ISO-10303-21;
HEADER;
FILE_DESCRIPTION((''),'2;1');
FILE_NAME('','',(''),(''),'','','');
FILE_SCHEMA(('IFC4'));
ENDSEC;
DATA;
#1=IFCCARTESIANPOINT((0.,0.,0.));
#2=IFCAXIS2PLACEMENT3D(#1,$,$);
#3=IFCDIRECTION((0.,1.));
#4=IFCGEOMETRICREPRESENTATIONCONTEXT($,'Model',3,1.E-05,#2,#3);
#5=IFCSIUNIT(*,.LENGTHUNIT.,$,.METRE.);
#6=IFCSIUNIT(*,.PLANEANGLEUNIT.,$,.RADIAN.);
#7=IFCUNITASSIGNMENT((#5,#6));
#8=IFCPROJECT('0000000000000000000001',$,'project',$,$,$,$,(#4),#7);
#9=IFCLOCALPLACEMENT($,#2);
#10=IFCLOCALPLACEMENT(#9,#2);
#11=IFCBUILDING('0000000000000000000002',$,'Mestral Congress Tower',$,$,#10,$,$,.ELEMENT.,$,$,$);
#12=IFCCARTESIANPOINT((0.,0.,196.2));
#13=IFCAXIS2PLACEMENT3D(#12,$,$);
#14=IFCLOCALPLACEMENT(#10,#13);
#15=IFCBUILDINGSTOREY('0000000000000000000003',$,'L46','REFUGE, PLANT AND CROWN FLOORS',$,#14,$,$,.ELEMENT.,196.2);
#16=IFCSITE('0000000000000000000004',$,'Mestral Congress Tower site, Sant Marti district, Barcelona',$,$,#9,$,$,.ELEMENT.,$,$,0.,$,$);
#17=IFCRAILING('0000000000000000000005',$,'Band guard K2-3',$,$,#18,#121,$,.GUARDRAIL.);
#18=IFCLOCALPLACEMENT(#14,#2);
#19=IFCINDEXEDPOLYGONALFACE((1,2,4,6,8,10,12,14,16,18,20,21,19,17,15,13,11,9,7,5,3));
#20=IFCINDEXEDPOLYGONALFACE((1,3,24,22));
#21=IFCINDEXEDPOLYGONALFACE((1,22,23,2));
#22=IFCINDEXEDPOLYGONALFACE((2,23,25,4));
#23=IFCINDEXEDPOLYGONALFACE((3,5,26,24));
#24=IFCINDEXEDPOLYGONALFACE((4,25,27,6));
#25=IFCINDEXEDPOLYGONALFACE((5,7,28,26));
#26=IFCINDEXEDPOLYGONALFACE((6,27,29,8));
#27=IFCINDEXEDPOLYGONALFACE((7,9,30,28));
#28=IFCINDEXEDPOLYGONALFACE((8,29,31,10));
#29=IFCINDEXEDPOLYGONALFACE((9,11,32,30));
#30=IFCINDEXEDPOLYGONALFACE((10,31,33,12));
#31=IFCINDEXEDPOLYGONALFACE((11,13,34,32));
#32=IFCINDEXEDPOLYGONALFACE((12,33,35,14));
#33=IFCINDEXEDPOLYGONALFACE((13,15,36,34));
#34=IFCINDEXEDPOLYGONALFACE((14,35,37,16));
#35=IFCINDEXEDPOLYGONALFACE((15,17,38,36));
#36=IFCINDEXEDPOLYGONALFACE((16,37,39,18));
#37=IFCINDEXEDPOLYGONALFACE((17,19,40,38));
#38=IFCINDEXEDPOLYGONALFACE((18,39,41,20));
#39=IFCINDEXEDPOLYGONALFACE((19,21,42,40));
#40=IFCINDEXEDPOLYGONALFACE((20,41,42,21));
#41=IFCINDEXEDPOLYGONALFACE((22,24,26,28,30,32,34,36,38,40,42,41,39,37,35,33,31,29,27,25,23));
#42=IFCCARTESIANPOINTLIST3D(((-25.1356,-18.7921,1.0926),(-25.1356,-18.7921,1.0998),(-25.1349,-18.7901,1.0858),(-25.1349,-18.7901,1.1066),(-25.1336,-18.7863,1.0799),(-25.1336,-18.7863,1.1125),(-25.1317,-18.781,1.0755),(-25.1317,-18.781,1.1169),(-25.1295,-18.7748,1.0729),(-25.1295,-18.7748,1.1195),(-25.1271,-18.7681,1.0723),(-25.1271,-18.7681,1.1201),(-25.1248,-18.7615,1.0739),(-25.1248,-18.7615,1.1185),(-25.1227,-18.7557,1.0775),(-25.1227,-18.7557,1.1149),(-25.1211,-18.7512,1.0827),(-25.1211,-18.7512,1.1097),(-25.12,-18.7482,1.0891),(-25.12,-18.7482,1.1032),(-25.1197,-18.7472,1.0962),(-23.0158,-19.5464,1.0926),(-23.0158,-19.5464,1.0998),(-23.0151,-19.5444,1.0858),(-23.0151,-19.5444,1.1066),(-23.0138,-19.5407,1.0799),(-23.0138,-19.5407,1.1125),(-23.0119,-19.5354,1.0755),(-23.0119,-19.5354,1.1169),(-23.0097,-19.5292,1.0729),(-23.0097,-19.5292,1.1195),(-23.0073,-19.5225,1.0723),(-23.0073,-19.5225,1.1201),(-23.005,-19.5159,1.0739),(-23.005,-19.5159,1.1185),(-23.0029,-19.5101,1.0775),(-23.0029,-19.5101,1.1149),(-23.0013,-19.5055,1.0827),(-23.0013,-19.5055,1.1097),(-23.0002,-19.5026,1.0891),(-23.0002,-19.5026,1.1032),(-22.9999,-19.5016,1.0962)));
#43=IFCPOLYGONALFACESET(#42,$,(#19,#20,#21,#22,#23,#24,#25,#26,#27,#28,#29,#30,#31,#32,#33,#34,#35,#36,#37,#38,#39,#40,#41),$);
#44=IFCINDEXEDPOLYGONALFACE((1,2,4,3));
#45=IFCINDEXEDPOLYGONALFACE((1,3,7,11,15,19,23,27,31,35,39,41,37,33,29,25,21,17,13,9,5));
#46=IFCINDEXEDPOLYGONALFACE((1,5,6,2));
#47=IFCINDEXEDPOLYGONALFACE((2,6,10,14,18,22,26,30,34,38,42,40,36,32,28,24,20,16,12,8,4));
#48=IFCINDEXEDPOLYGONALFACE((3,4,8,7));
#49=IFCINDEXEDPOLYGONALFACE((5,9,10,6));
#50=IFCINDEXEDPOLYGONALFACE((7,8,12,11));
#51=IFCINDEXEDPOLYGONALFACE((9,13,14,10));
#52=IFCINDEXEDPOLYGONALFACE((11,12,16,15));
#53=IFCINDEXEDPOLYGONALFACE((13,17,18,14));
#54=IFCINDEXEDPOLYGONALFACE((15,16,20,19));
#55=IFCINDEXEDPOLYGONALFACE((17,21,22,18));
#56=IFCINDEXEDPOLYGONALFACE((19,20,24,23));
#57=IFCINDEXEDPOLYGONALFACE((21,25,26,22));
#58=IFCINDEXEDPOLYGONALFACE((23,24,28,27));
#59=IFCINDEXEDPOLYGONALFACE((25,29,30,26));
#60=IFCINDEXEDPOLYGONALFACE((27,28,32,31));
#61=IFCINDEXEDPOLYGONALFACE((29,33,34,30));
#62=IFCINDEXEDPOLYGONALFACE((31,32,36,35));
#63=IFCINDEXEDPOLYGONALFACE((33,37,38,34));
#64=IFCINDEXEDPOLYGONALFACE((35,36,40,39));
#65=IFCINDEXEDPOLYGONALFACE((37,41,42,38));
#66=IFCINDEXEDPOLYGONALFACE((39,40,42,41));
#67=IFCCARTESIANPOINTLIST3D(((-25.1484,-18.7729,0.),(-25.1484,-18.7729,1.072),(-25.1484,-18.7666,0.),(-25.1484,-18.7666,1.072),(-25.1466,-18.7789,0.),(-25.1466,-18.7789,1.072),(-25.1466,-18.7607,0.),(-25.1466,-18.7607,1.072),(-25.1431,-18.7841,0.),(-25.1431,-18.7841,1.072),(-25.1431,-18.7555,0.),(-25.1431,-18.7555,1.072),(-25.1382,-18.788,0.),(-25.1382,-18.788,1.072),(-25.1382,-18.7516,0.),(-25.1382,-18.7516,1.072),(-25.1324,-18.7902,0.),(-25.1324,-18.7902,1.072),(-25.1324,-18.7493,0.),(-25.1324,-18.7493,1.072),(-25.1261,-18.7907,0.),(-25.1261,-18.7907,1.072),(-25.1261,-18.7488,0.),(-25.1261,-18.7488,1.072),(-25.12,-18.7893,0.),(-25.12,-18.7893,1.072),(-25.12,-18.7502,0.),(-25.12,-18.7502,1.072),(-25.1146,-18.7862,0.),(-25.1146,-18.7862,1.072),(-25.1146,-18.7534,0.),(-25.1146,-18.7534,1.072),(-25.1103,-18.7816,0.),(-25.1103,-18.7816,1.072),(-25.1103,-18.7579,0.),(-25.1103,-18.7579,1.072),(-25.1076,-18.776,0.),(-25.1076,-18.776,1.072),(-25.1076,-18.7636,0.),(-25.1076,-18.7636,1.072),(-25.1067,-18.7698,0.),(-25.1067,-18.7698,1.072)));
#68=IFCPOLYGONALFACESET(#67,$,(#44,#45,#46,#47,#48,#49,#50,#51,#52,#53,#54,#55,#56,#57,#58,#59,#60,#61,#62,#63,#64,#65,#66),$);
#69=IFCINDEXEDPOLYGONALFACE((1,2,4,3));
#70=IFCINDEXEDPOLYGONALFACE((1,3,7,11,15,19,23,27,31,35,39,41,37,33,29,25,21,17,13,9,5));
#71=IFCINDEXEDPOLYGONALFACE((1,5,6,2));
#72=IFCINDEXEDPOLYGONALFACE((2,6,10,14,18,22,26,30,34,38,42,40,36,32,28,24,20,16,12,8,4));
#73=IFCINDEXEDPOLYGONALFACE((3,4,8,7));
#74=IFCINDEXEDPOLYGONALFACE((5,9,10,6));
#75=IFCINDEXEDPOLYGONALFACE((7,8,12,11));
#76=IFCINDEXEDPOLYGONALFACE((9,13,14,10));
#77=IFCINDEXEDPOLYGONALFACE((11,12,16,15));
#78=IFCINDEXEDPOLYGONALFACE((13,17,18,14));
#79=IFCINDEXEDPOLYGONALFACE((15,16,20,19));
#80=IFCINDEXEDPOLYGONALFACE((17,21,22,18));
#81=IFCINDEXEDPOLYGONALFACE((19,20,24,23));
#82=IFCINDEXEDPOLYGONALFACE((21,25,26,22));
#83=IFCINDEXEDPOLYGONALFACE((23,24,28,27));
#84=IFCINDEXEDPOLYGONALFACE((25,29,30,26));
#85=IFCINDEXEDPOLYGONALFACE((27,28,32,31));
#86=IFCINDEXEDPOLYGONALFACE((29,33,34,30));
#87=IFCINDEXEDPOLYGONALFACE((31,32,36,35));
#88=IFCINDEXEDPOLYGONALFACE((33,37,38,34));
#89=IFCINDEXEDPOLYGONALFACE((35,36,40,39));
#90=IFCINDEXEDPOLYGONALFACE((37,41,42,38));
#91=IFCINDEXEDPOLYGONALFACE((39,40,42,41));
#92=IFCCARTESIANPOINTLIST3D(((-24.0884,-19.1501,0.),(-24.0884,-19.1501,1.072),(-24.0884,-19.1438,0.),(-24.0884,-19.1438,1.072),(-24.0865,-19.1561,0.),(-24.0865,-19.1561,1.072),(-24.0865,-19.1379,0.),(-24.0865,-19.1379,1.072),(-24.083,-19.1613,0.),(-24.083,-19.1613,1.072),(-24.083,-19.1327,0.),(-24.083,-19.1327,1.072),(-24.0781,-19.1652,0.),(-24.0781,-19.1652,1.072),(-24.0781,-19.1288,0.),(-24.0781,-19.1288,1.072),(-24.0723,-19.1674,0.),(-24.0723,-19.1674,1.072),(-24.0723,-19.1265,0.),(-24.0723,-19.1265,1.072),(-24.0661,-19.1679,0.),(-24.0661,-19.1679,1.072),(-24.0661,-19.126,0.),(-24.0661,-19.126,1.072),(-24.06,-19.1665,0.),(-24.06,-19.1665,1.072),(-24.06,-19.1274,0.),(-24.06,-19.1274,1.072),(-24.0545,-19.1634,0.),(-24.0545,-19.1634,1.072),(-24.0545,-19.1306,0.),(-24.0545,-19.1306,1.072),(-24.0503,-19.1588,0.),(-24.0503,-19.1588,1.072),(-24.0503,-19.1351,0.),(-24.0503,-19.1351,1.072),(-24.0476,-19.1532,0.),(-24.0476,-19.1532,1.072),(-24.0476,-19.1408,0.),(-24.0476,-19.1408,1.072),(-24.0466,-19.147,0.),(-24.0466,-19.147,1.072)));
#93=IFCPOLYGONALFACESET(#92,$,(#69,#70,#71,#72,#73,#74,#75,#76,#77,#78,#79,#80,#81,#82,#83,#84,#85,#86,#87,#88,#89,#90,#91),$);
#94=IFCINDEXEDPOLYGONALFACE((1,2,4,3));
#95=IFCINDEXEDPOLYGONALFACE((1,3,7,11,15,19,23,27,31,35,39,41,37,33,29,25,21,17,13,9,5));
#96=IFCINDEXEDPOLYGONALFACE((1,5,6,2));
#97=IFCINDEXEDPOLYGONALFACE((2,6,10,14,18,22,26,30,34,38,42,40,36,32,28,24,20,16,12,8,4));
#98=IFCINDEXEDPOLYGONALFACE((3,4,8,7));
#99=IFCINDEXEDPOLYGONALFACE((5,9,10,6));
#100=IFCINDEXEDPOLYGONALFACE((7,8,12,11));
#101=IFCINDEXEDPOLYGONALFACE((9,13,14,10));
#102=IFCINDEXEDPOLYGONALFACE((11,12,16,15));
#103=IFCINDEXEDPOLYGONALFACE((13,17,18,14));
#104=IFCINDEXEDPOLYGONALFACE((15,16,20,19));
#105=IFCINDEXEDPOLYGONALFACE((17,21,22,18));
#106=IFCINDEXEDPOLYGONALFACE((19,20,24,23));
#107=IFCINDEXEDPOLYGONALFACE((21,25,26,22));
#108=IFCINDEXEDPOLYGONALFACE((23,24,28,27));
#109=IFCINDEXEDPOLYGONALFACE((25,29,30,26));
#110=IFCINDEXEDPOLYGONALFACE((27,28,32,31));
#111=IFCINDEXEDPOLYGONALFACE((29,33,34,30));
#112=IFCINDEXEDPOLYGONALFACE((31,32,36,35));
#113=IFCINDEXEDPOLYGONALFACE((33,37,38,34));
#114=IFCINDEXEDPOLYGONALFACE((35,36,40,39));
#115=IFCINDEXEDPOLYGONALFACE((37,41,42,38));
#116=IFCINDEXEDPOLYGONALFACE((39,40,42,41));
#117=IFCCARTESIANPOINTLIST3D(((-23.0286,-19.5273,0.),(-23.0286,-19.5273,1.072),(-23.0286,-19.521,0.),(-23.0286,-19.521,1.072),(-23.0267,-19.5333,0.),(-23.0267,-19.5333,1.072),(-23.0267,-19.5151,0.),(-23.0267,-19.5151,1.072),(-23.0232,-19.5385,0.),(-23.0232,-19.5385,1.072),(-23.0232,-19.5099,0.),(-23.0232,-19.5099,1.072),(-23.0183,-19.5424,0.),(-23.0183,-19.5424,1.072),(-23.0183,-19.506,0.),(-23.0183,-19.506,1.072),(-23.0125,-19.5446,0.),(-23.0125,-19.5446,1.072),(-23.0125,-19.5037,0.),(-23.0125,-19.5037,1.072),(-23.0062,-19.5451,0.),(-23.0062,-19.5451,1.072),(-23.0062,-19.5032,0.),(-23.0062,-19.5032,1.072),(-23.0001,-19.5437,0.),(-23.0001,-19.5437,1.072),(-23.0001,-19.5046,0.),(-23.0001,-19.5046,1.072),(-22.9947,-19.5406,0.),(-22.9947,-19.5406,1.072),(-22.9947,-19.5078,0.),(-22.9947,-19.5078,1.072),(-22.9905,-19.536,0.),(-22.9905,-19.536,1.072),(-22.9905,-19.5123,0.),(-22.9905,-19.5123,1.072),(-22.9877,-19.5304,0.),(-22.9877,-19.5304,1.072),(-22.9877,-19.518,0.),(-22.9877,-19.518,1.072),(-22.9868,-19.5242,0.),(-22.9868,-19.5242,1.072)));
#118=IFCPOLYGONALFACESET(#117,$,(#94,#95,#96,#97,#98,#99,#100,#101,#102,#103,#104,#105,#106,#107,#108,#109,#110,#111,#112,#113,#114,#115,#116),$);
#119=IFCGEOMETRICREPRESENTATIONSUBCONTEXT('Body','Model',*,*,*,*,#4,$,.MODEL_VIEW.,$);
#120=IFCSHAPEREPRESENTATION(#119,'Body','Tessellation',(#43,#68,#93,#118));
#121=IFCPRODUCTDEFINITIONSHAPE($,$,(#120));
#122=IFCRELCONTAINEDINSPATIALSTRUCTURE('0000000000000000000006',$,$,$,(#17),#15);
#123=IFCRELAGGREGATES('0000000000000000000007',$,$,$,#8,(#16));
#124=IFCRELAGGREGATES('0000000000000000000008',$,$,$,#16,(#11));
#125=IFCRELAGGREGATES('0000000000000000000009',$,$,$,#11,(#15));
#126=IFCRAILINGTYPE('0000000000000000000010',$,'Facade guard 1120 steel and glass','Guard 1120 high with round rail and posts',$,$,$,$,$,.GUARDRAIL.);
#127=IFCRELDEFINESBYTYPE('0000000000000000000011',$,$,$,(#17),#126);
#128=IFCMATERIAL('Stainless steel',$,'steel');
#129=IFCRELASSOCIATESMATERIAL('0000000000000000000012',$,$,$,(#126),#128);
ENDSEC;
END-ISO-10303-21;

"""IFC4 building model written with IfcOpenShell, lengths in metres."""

from ifc_helpers import new_model, si_unit, direction, frame, origin, origin_2d, place, context, subcontext, project, spatial, circle, extrude, material, type_object, element, save


model = new_model("IFC4")

# Units and contexts
model_context = context("Model", 3, precision=1e-05, world=origin(), true_north=direction((0.0, 1.0)))
body_context = subcontext(model_context, "Body", "Model", "MODEL_VIEW")
ifc_project = project(units=[si_unit("LENGTHUNIT", "METRE"), si_unit("PLANEANGLEUNIT", "RADIAN")], contexts=[model_context])

# Site, building, storey
site_placement = place(None, origin())
site = spatial("IfcSite", under=ifc_project, at=site_placement, Name="Mestral Congress Tower site, Sant Marti district, Barcelona", CompositionType="ELEMENT", RefElevation=0.0)
building_placement = place(site_placement, origin())
building = spatial("IfcBuilding", under=site, at=building_placement, Name="Mestral Congress Tower", CompositionType="ELEMENT")
storey_placement = place(building_placement, frame((0.0, 0.0, 196.2)))
storey = spatial("IfcBuildingStorey", under=building, at=storey_placement, Name="L46", Description="REFUGE, PLANT AND CROWN FLOORS", CompositionType="ELEMENT", Elevation=196.2)

# Railing
ifc_material_1 = material(Name="Stainless steel", Category="steel")
railing_type = type_object("IfcRailingType", Name="Facade guard 1120 steel and glass", Description="Guard 1120 high with round rail and posts", PredefinedType="GUARDRAIL", material=ifc_material_1)
railing_1_placement = place(storey_placement, frame((-25.1277, -18.7698, 0.0)))
element("IfcRailing", 1, at=railing_1_placement, inside=storey, type_object=railing_type, Name="Band guard K2-3", PredefinedType="GUARDRAIL", context=body_context, shape_type="SweptSolid", body=[
    extrude(circle(Radius=0.0239, at=origin_2d()), frame((0.0, 0.0, 1.0962), z_axis=(0.942122, -0.335271, 0.0), x_axis=(0.335271, 0.942122, 0.0)), (0.0, 0.0, 1.0), 2.25),
    extrude(circle(Radius=0.021, at=origin_2d()), origin(), (0.0, 0.0, 1.0), 1.072),
    extrude(circle(Radius=0.021, at=origin_2d()), frame((1.0601, -0.3772, 0.0)), (0.0, 0.0, 1.0), 1.072),
    extrude(circle(Radius=0.021, at=origin_2d()), frame((2.1199, -0.7544, 0.0)), (0.0, 0.0, 1.0), 1.072),
])

save(model, "model.ifc")
